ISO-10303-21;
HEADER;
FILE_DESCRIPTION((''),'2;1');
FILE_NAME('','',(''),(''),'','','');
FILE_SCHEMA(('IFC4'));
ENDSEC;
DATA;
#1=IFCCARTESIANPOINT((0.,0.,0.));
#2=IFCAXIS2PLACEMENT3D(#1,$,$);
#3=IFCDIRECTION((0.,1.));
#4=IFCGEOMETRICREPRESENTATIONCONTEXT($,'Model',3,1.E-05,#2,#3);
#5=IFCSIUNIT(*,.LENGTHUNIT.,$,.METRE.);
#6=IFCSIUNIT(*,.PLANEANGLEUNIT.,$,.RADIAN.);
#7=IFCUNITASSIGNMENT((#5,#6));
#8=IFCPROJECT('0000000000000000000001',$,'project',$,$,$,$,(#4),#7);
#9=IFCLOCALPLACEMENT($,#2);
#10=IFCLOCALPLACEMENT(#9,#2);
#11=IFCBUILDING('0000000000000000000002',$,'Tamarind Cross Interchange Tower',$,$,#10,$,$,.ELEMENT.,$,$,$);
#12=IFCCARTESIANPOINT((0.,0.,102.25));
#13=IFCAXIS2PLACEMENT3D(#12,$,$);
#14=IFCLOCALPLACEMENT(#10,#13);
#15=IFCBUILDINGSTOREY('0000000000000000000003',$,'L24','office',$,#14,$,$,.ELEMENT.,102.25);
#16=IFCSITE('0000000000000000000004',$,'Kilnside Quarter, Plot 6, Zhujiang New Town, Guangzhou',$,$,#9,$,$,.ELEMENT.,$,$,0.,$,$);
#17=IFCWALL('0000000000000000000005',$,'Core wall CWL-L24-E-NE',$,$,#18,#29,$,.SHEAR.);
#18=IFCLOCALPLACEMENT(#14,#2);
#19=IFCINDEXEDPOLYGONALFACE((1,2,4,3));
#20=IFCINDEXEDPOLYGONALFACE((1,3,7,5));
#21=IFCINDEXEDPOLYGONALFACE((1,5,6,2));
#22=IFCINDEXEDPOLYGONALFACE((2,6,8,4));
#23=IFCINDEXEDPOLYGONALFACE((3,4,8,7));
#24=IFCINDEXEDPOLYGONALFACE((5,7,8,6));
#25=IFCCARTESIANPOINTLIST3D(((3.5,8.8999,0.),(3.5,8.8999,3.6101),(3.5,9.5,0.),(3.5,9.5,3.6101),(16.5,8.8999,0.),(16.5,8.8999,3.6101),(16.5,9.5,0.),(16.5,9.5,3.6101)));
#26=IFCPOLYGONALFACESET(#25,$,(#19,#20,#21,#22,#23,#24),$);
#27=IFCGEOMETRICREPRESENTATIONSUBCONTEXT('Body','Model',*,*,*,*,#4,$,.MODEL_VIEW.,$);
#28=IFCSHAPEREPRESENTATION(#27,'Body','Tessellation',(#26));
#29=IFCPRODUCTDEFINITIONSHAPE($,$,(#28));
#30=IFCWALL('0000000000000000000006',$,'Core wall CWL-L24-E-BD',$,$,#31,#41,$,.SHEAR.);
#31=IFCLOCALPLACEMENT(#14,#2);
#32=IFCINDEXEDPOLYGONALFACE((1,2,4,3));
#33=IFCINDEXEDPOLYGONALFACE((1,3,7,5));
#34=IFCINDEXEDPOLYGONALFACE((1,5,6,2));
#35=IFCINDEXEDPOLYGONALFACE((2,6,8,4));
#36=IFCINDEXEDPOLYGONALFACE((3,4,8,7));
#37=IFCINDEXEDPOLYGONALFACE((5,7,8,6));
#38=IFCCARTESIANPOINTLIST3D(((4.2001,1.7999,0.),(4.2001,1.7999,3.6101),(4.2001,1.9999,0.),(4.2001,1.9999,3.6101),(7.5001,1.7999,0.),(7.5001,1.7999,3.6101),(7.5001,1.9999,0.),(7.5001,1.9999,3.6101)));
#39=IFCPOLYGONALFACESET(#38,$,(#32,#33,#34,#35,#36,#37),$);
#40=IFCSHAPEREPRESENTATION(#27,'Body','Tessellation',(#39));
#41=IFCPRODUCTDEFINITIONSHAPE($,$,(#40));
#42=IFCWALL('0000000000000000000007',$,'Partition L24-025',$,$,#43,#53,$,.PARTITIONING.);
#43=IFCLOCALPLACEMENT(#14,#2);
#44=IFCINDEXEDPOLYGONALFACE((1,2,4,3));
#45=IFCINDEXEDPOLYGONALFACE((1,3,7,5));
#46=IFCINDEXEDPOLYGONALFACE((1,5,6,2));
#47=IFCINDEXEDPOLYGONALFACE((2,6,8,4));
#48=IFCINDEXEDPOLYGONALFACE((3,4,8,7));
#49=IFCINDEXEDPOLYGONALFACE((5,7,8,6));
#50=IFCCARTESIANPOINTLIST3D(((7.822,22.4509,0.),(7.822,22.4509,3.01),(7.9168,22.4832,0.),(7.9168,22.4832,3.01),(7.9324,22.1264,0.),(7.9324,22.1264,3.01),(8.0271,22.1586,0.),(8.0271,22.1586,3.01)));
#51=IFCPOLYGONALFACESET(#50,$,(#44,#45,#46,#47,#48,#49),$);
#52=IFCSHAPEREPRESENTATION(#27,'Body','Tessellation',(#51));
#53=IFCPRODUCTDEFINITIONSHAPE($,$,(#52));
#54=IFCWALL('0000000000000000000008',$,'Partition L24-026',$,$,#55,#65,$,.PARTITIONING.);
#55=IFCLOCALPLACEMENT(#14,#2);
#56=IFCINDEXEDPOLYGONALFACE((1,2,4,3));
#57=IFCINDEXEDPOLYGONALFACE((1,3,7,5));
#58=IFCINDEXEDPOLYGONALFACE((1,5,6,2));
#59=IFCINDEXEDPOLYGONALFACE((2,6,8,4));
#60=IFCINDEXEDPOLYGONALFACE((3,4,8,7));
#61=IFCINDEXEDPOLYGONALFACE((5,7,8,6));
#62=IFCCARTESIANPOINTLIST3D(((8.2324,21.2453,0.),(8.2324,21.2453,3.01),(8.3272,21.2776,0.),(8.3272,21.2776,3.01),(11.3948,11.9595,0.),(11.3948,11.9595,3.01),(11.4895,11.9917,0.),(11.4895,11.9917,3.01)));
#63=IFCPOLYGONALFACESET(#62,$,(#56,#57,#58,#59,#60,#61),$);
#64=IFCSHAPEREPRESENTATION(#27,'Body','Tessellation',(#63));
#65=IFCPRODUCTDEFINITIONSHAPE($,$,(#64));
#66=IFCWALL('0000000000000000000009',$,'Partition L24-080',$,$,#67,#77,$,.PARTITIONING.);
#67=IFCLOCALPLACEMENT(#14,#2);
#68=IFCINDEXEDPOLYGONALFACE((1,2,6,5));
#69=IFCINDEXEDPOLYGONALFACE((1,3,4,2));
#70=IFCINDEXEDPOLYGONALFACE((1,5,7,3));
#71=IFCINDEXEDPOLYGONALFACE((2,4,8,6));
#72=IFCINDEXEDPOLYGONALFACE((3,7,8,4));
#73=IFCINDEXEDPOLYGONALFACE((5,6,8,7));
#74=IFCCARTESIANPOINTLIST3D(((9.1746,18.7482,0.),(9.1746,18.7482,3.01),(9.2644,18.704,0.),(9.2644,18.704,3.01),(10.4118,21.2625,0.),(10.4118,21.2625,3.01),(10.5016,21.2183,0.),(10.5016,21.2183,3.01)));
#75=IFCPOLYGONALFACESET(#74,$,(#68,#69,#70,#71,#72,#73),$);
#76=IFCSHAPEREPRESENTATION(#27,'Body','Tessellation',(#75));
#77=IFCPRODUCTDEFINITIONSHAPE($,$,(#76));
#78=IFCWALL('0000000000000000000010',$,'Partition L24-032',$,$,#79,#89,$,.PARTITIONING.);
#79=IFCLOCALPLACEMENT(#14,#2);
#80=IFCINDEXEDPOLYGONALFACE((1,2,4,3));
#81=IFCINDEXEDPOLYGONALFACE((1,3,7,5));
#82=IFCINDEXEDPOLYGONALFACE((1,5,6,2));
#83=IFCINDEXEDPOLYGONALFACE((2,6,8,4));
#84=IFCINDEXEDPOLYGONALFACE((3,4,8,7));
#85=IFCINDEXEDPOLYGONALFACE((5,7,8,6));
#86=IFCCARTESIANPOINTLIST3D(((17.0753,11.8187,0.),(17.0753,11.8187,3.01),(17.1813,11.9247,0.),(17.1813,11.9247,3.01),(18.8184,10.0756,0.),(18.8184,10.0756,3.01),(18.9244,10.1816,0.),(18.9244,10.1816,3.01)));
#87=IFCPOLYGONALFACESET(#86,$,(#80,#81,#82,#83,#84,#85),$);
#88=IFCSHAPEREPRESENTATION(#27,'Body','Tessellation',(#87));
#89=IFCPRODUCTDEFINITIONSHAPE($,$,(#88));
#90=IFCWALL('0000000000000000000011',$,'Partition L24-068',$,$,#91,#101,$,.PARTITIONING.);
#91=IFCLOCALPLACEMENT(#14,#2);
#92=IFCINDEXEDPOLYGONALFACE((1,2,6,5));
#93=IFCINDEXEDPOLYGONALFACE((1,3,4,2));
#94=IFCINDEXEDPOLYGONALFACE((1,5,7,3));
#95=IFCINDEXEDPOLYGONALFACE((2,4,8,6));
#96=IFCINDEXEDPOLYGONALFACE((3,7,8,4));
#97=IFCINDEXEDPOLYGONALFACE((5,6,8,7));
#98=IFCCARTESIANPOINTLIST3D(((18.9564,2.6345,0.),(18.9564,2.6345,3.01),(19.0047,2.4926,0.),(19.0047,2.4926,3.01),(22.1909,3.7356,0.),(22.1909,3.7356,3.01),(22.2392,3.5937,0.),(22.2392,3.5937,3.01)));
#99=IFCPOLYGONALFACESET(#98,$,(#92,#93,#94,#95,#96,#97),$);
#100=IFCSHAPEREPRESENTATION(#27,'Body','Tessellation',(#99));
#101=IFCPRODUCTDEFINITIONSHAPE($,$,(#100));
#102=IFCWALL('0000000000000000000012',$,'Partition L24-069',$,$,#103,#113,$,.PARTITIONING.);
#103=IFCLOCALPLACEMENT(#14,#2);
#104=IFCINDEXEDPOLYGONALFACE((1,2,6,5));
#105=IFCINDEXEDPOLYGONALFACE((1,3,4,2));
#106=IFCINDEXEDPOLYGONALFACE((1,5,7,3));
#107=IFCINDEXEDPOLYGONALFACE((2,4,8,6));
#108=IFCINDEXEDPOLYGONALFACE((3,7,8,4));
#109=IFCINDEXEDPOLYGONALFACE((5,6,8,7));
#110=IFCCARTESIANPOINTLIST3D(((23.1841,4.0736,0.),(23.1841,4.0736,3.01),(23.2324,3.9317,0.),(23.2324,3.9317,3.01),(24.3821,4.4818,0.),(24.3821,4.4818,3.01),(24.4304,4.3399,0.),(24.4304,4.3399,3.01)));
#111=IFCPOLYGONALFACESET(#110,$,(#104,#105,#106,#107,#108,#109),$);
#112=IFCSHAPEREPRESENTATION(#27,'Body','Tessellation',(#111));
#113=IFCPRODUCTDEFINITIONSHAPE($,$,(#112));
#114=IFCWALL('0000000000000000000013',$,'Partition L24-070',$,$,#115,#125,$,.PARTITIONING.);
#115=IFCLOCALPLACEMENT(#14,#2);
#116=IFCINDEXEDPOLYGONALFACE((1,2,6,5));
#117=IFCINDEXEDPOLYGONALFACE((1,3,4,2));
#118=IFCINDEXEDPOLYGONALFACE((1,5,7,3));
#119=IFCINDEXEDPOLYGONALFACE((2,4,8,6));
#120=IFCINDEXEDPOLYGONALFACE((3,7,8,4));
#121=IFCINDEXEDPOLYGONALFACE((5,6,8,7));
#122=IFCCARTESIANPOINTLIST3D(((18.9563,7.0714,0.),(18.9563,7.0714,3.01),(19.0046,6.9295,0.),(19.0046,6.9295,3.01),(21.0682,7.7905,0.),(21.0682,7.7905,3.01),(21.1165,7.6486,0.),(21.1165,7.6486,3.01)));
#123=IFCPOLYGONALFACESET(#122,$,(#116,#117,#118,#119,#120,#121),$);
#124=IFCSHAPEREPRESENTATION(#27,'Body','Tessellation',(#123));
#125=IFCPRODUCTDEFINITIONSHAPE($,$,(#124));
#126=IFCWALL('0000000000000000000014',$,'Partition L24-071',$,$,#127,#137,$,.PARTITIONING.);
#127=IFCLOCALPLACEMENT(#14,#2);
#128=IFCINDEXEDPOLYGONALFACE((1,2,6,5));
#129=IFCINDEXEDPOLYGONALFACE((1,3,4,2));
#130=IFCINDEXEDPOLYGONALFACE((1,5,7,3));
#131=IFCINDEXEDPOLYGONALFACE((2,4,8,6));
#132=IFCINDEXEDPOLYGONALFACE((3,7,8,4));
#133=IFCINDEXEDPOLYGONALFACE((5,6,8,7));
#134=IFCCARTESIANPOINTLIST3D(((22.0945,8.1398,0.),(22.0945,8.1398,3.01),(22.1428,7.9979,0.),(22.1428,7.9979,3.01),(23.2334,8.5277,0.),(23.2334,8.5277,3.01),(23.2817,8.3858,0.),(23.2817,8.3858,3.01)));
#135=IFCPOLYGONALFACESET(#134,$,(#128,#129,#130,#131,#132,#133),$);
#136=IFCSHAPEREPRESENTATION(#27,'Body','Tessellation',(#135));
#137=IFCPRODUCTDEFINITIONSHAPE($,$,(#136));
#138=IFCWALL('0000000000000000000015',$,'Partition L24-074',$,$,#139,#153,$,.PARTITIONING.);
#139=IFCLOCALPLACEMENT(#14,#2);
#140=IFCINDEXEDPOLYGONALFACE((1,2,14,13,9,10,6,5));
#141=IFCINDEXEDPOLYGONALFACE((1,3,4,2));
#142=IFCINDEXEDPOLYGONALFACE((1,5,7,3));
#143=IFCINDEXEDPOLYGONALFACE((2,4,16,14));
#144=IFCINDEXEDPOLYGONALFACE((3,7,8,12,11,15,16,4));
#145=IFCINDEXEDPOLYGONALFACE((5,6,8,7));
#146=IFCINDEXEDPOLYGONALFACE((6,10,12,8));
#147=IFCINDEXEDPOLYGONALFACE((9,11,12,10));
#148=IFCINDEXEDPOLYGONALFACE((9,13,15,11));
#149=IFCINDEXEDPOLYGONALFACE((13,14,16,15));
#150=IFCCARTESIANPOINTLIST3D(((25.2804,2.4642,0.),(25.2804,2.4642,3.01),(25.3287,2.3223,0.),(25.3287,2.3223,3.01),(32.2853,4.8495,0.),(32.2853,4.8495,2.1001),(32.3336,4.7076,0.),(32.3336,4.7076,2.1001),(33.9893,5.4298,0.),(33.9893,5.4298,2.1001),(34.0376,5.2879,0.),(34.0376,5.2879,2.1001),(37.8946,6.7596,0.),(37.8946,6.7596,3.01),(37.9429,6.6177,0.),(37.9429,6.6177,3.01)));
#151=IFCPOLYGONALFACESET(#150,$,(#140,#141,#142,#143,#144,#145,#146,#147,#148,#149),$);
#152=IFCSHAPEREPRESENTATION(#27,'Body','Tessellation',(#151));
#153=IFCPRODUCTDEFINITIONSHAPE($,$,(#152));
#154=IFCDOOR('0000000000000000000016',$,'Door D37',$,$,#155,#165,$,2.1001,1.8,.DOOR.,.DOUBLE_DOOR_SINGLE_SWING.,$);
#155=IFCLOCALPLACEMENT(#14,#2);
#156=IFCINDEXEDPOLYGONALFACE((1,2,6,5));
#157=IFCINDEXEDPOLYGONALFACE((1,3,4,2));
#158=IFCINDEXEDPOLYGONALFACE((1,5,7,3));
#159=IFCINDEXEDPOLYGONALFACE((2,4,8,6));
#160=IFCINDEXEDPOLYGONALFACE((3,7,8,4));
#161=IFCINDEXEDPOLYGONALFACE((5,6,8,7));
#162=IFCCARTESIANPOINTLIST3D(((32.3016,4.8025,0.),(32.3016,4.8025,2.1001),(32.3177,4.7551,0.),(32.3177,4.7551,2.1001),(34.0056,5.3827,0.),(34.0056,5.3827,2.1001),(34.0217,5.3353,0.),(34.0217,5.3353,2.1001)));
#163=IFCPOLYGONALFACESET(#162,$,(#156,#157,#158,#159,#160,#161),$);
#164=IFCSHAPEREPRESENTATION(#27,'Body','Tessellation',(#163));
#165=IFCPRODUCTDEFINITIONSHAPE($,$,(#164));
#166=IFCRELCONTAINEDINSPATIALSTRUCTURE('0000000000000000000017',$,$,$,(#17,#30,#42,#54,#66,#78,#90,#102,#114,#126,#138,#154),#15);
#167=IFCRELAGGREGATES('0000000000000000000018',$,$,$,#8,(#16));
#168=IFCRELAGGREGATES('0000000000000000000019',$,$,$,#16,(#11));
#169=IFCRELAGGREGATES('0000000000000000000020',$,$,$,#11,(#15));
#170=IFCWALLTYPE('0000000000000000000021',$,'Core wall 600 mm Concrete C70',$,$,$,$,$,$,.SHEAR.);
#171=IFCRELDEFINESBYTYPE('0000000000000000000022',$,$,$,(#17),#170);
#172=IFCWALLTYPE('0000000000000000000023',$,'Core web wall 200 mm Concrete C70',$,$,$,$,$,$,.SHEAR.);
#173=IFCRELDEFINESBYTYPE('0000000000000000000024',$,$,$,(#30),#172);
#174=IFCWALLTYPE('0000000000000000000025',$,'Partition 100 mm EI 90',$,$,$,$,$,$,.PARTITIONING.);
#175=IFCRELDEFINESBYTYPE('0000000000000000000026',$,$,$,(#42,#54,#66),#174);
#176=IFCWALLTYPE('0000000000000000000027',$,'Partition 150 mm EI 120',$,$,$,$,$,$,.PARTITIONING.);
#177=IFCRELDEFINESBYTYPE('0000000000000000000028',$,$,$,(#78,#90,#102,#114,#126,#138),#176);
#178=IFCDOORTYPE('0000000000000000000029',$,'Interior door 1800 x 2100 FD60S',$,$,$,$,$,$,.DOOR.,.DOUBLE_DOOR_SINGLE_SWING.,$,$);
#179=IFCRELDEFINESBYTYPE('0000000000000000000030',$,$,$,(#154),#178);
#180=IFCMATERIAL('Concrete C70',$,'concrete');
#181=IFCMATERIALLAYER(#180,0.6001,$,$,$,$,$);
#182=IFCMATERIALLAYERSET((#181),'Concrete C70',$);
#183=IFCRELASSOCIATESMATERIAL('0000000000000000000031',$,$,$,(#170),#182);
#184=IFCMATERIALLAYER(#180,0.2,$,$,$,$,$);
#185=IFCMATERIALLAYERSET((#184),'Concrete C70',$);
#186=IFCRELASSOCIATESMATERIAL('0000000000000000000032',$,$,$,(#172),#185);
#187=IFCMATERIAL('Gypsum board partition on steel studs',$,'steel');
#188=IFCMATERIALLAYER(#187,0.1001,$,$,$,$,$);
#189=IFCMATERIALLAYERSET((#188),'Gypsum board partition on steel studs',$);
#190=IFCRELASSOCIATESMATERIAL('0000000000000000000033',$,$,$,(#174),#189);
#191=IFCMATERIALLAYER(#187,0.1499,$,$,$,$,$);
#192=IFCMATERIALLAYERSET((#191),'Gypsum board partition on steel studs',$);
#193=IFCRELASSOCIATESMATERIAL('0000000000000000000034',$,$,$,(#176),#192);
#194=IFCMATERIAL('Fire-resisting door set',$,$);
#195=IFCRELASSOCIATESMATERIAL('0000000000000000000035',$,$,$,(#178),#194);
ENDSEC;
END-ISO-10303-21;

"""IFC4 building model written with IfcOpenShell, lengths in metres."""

from ifc_helpers import new_model, si_unit, direction, frame, frame_2d, origin, place, context, subcontext, project, spatial, rectangle, extrude, material, layer, layer_set, type_object, element, fill, save


model = new_model("IFC4")

# Units and contexts
model_context = context("Model", 3, precision=1e-05, world=origin(), true_north=direction((0.0, 1.0)))
body_context = subcontext(model_context, "Body", "Model", "MODEL_VIEW")
ifc_project = project(units=[si_unit("LENGTHUNIT", "METRE"), si_unit("PLANEANGLEUNIT", "RADIAN")], contexts=[model_context])

# Site, building, storey
site_placement = place(None, origin())
site = spatial("IfcSite", under=ifc_project, at=site_placement, Name="Kilnside Quarter, Plot 6, Zhujiang New Town, Guangzhou", CompositionType="ELEMENT", RefElevation=0.0)
building_placement = place(site_placement, origin())
building = spatial("IfcBuilding", under=site, at=building_placement, Name="Tamarind Cross Interchange Tower", CompositionType="ELEMENT")
storey_placement = place(building_placement, frame((0.0, 0.0, 102.25)))
storey = spatial("IfcBuildingStorey", under=building, at=storey_placement, Name="L24", Description="office", CompositionType="ELEMENT", Elevation=102.25)

# Walls
ifc_material_1 = material(Name="Concrete C70", Category="concrete")
ifc_layer_1 = layer(ifc_material_1, 0.6001)
ifc_layer_set_1 = layer_set([ifc_layer_1], Name="Concrete C70")
wall_type_1 = type_object("IfcWallType", Name="Core wall 600 mm Concrete C70", PredefinedType="SHEAR", material=ifc_layer_set_1)
wall_1_placement = place(storey_placement, frame((16.5, 9.2, 0.0), z_axis=(0.0, 0.0, 1.0), x_axis=(-1.0, 0.0, 0.0)))
element("IfcWall", 1, at=wall_1_placement, inside=storey, type_object=wall_type_1, Name="Core wall CWL-L24-E-NE", PredefinedType="SHEAR", context=body_context, shape_type="SweptSolid", body=[
    extrude(rectangle(XDim=13.0, YDim=0.6001, at=frame_2d((6.5, 0.0))), origin(), (0.0, 0.0, 1.0), 3.6101),
])
ifc_layer_2 = layer(ifc_material_1, 0.2)
ifc_layer_set_2 = layer_set([ifc_layer_2], Name="Concrete C70")
wall_type_2 = type_object("IfcWallType", Name="Core web wall 200 mm Concrete C70", PredefinedType="SHEAR", material=ifc_layer_set_2)
wall_2_placement = place(storey_placement, frame((7.5, 1.8999, 0.0), z_axis=(0.0, 0.0, 1.0), x_axis=(-1.0, 0.0, 0.0)))
element("IfcWall", 2, at=wall_2_placement, inside=storey, type_object=wall_type_2, Name="Core wall CWL-L24-E-BD", PredefinedType="SHEAR", context=body_context, shape_type="SweptSolid", body=[
    extrude(rectangle(XDim=3.3, YDim=0.2, at=frame_2d((1.6499, 0.0))), origin(), (0.0, 0.0, 1.0), 3.6101),
])
ifc_material_2 = material(Name="Gypsum board partition on steel studs", Category="steel")
ifc_layer_3 = layer(ifc_material_2, 0.1001)
ifc_layer_set_3 = layer_set([ifc_layer_3], Name="Gypsum board partition on steel studs")
wall_type_3 = type_object("IfcWallType", Name="Partition 100 mm EI 90", PredefinedType="PARTITIONING", material=ifc_layer_set_3)
wall_3_placement = place(storey_placement, frame((7.8694, 22.467, 0.0), z_axis=(0.0, 0.0, 1.0), x_axis=(0.321992, -0.946742, 0.0)))
element("IfcWall", 3, at=wall_3_placement, inside=storey, type_object=wall_type_3, Name="Partition L24-025", PredefinedType="PARTITIONING", context=body_context, shape_type="SweptSolid", body=[
    extrude(rectangle(XDim=0.3428, YDim=0.1001, at=frame_2d((0.1714, 0.0))), origin(), (0.0, 0.0, 1.0), 3.01),
])
wall_4_placement = place(storey_placement, frame((8.2798, 21.2615, 0.0), z_axis=(0.0, 0.0, 1.0), x_axis=(0.322373, -0.946613, 0.0)))
element("IfcWall", 4, at=wall_4_placement, inside=storey, type_object=wall_type_3, Name="Partition L24-026", PredefinedType="PARTITIONING", context=body_context, shape_type="SweptSolid", body=[
    extrude(rectangle(XDim=9.8096, YDim=0.1001, at=frame_2d((4.9048, 0.0))), origin(), (0.0, 0.0, 1.0), 3.01),
])
wall_5_placement = place(storey_placement, frame((9.2195, 18.7261, 0.0), z_axis=(0.0, 0.0, 1.0), x_axis=(0.441524, 0.897249, 0.0)))
element("IfcWall", 5, at=wall_5_placement, inside=storey, type_object=wall_type_3, Name="Partition L24-080", PredefinedType="PARTITIONING", context=body_context, shape_type="SweptSolid", body=[
    extrude(rectangle(XDim=2.8022, YDim=0.1001, at=frame_2d((1.4011, 0.0))), origin(), (0.0, 0.0, 1.0), 3.01),
])
ifc_layer_4 = layer(ifc_material_2, 0.1499)
ifc_layer_set_4 = layer_set([ifc_layer_4], Name="Gypsum board partition on steel studs")
wall_type_4 = type_object("IfcWallType", Name="Partition 150 mm EI 120", PredefinedType="PARTITIONING", material=ifc_layer_set_4)
wall_6_placement = place(storey_placement, frame((17.1284, 11.8716, 0.0), z_axis=(0.0, 0.0, 1.0), x_axis=(0.707107, -0.707107, 0.0)))
element("IfcWall", 6, at=wall_6_placement, inside=storey, type_object=wall_type_4, Name="Partition L24-032", PredefinedType="PARTITIONING", context=body_context, shape_type="SweptSolid", body=[
    extrude(rectangle(XDim=2.4651, YDim=0.1499, at=frame_2d((1.2324, 0.0))), origin(), (0.0, 0.0, 1.0), 3.01),
])
wall_7_placement = place(storey_placement, frame((18.9805, 2.5635, 0.0), z_axis=(0.0, 0.0, 1.0), x_axis=(0.946649, 0.322267, 0.0)))
element("IfcWall", 7, at=wall_7_placement, inside=storey, type_object=wall_type_4, Name="Partition L24-068", PredefinedType="PARTITIONING", context=body_context, shape_type="SweptSolid", body=[
    extrude(rectangle(XDim=3.4167, YDim=0.1499, at=frame_2d((1.7085, 0.0))), origin(), (0.0, 0.0, 1.0), 3.01),
])
wall_8_placement = place(storey_placement, frame((23.2083, 4.0027, 0.0), z_axis=(0.0, 0.0, 1.0), x_axis=(0.94656, 0.322529, 0.0)))
element("IfcWall", 8, at=wall_8_placement, inside=storey, type_object=wall_type_4, Name="Partition L24-069", PredefinedType="PARTITIONING", context=body_context, shape_type="SweptSolid", body=[
    extrude(rectangle(XDim=1.2656, YDim=0.1499, at=frame_2d((0.6328, 0.0))), origin(), (0.0, 0.0, 1.0), 3.01),
])
wall_9_placement = place(storey_placement, frame((18.9805, 7.0005, 0.0), z_axis=(0.0, 0.0, 1.0), x_axis=(0.946639, 0.322295, 0.0)))
element("IfcWall", 9, at=wall_9_placement, inside=storey, type_object=wall_type_4, Name="Partition L24-070", PredefinedType="PARTITIONING", context=body_context, shape_type="SweptSolid", body=[
    extrude(rectangle(XDim=2.231, YDim=0.1499, at=frame_2d((1.1155, 0.0))), origin(), (0.0, 0.0, 1.0), 3.01),
])
wall_10_placement = place(storey_placement, frame((22.1187, 8.0688, 0.0), z_axis=(0.0, 0.0, 1.0), x_axis=(0.946593, 0.32243, 0.0)))
element("IfcWall", 10, at=wall_10_placement, inside=storey, type_object=wall_type_4, Name="Partition L24-071", PredefinedType="PARTITIONING", context=body_context, shape_type="SweptSolid", body=[
    extrude(rectangle(XDim=1.2031, YDim=0.1499, at=frame_2d((0.6016, 0.0))), origin(), (0.0, 0.0, 1.0), 3.01),
])

# Wall, opening, door
wall_11_placement = place(storey_placement, frame((25.3047, 2.3933, 0.0), z_axis=(0.0, 0.0, 1.0), x_axis=(0.946623, 0.322344, 0.0)))
wall_11 = element("IfcWall", 11, at=wall_11_placement, inside=storey, type_object=wall_type_4, Name="Partition L24-074", PredefinedType="PARTITIONING", context=body_context, shape_type="SweptSolid", body=[
    extrude(rectangle(XDim=13.3254, YDim=0.1499, at=frame_2d((6.6626, 0.0))), origin(), (0.0, 0.0, 1.0), 3.01),
])
opening_1_placement = place(wall_11_placement, frame((7.3999, 0.0, 0.0)))
opening_1 = element("IfcOpeningElement", 12, at=opening_1_placement, cuts=wall_11, PredefinedType="OPENING", context=body_context, shape_type="SweptSolid", body=[
    extrude(rectangle(XDim=1.8, YDim=2.1001, at=frame_2d((0.8999, 1.05))), frame((0.0, 0.085, 0.0), z_axis=(0.0, -1.0, 0.0), x_axis=(1.0, 0.0, 0.0)), (0.0, 0.0, 1.0), 0.1699),
])
ifc_material_3 = material(Name="Fire-resisting door set")
door_type_1 = type_object("IfcDoorType", Name="Interior door 1800 x 2100 FD60S", OperationType="DOUBLE_DOOR_SINGLE_SWING", PredefinedType="DOOR", material=ifc_material_3)
door_1_placement = place(opening_1_placement, frame((1.8, 0.0, 0.0), z_axis=(0.0, 0.0, 1.0), x_axis=(-1.0, 0.0, 0.0)))
door_1 = element("IfcDoor", 13, at=door_1_placement, inside=storey, type_object=door_type_1, Name="Door D37", OperationType="DOUBLE_DOOR_SINGLE_SWING", OverallHeight=2.1001, OverallWidth=1.8, PredefinedType="DOOR", context=body_context, shape_type="SweptSolid", body=[
    extrude(rectangle(XDim=1.8, YDim=2.1001, at=frame_2d((0.8999, 1.05))), frame((0.0, 0.0249, 0.0), z_axis=(0.0, -1.0, 0.0), x_axis=(1.0, 0.0, 0.0)), (0.0, 0.0, 1.0), 0.05),
])
fill(opening_1, door_1)

save(model, "model.ifc")
